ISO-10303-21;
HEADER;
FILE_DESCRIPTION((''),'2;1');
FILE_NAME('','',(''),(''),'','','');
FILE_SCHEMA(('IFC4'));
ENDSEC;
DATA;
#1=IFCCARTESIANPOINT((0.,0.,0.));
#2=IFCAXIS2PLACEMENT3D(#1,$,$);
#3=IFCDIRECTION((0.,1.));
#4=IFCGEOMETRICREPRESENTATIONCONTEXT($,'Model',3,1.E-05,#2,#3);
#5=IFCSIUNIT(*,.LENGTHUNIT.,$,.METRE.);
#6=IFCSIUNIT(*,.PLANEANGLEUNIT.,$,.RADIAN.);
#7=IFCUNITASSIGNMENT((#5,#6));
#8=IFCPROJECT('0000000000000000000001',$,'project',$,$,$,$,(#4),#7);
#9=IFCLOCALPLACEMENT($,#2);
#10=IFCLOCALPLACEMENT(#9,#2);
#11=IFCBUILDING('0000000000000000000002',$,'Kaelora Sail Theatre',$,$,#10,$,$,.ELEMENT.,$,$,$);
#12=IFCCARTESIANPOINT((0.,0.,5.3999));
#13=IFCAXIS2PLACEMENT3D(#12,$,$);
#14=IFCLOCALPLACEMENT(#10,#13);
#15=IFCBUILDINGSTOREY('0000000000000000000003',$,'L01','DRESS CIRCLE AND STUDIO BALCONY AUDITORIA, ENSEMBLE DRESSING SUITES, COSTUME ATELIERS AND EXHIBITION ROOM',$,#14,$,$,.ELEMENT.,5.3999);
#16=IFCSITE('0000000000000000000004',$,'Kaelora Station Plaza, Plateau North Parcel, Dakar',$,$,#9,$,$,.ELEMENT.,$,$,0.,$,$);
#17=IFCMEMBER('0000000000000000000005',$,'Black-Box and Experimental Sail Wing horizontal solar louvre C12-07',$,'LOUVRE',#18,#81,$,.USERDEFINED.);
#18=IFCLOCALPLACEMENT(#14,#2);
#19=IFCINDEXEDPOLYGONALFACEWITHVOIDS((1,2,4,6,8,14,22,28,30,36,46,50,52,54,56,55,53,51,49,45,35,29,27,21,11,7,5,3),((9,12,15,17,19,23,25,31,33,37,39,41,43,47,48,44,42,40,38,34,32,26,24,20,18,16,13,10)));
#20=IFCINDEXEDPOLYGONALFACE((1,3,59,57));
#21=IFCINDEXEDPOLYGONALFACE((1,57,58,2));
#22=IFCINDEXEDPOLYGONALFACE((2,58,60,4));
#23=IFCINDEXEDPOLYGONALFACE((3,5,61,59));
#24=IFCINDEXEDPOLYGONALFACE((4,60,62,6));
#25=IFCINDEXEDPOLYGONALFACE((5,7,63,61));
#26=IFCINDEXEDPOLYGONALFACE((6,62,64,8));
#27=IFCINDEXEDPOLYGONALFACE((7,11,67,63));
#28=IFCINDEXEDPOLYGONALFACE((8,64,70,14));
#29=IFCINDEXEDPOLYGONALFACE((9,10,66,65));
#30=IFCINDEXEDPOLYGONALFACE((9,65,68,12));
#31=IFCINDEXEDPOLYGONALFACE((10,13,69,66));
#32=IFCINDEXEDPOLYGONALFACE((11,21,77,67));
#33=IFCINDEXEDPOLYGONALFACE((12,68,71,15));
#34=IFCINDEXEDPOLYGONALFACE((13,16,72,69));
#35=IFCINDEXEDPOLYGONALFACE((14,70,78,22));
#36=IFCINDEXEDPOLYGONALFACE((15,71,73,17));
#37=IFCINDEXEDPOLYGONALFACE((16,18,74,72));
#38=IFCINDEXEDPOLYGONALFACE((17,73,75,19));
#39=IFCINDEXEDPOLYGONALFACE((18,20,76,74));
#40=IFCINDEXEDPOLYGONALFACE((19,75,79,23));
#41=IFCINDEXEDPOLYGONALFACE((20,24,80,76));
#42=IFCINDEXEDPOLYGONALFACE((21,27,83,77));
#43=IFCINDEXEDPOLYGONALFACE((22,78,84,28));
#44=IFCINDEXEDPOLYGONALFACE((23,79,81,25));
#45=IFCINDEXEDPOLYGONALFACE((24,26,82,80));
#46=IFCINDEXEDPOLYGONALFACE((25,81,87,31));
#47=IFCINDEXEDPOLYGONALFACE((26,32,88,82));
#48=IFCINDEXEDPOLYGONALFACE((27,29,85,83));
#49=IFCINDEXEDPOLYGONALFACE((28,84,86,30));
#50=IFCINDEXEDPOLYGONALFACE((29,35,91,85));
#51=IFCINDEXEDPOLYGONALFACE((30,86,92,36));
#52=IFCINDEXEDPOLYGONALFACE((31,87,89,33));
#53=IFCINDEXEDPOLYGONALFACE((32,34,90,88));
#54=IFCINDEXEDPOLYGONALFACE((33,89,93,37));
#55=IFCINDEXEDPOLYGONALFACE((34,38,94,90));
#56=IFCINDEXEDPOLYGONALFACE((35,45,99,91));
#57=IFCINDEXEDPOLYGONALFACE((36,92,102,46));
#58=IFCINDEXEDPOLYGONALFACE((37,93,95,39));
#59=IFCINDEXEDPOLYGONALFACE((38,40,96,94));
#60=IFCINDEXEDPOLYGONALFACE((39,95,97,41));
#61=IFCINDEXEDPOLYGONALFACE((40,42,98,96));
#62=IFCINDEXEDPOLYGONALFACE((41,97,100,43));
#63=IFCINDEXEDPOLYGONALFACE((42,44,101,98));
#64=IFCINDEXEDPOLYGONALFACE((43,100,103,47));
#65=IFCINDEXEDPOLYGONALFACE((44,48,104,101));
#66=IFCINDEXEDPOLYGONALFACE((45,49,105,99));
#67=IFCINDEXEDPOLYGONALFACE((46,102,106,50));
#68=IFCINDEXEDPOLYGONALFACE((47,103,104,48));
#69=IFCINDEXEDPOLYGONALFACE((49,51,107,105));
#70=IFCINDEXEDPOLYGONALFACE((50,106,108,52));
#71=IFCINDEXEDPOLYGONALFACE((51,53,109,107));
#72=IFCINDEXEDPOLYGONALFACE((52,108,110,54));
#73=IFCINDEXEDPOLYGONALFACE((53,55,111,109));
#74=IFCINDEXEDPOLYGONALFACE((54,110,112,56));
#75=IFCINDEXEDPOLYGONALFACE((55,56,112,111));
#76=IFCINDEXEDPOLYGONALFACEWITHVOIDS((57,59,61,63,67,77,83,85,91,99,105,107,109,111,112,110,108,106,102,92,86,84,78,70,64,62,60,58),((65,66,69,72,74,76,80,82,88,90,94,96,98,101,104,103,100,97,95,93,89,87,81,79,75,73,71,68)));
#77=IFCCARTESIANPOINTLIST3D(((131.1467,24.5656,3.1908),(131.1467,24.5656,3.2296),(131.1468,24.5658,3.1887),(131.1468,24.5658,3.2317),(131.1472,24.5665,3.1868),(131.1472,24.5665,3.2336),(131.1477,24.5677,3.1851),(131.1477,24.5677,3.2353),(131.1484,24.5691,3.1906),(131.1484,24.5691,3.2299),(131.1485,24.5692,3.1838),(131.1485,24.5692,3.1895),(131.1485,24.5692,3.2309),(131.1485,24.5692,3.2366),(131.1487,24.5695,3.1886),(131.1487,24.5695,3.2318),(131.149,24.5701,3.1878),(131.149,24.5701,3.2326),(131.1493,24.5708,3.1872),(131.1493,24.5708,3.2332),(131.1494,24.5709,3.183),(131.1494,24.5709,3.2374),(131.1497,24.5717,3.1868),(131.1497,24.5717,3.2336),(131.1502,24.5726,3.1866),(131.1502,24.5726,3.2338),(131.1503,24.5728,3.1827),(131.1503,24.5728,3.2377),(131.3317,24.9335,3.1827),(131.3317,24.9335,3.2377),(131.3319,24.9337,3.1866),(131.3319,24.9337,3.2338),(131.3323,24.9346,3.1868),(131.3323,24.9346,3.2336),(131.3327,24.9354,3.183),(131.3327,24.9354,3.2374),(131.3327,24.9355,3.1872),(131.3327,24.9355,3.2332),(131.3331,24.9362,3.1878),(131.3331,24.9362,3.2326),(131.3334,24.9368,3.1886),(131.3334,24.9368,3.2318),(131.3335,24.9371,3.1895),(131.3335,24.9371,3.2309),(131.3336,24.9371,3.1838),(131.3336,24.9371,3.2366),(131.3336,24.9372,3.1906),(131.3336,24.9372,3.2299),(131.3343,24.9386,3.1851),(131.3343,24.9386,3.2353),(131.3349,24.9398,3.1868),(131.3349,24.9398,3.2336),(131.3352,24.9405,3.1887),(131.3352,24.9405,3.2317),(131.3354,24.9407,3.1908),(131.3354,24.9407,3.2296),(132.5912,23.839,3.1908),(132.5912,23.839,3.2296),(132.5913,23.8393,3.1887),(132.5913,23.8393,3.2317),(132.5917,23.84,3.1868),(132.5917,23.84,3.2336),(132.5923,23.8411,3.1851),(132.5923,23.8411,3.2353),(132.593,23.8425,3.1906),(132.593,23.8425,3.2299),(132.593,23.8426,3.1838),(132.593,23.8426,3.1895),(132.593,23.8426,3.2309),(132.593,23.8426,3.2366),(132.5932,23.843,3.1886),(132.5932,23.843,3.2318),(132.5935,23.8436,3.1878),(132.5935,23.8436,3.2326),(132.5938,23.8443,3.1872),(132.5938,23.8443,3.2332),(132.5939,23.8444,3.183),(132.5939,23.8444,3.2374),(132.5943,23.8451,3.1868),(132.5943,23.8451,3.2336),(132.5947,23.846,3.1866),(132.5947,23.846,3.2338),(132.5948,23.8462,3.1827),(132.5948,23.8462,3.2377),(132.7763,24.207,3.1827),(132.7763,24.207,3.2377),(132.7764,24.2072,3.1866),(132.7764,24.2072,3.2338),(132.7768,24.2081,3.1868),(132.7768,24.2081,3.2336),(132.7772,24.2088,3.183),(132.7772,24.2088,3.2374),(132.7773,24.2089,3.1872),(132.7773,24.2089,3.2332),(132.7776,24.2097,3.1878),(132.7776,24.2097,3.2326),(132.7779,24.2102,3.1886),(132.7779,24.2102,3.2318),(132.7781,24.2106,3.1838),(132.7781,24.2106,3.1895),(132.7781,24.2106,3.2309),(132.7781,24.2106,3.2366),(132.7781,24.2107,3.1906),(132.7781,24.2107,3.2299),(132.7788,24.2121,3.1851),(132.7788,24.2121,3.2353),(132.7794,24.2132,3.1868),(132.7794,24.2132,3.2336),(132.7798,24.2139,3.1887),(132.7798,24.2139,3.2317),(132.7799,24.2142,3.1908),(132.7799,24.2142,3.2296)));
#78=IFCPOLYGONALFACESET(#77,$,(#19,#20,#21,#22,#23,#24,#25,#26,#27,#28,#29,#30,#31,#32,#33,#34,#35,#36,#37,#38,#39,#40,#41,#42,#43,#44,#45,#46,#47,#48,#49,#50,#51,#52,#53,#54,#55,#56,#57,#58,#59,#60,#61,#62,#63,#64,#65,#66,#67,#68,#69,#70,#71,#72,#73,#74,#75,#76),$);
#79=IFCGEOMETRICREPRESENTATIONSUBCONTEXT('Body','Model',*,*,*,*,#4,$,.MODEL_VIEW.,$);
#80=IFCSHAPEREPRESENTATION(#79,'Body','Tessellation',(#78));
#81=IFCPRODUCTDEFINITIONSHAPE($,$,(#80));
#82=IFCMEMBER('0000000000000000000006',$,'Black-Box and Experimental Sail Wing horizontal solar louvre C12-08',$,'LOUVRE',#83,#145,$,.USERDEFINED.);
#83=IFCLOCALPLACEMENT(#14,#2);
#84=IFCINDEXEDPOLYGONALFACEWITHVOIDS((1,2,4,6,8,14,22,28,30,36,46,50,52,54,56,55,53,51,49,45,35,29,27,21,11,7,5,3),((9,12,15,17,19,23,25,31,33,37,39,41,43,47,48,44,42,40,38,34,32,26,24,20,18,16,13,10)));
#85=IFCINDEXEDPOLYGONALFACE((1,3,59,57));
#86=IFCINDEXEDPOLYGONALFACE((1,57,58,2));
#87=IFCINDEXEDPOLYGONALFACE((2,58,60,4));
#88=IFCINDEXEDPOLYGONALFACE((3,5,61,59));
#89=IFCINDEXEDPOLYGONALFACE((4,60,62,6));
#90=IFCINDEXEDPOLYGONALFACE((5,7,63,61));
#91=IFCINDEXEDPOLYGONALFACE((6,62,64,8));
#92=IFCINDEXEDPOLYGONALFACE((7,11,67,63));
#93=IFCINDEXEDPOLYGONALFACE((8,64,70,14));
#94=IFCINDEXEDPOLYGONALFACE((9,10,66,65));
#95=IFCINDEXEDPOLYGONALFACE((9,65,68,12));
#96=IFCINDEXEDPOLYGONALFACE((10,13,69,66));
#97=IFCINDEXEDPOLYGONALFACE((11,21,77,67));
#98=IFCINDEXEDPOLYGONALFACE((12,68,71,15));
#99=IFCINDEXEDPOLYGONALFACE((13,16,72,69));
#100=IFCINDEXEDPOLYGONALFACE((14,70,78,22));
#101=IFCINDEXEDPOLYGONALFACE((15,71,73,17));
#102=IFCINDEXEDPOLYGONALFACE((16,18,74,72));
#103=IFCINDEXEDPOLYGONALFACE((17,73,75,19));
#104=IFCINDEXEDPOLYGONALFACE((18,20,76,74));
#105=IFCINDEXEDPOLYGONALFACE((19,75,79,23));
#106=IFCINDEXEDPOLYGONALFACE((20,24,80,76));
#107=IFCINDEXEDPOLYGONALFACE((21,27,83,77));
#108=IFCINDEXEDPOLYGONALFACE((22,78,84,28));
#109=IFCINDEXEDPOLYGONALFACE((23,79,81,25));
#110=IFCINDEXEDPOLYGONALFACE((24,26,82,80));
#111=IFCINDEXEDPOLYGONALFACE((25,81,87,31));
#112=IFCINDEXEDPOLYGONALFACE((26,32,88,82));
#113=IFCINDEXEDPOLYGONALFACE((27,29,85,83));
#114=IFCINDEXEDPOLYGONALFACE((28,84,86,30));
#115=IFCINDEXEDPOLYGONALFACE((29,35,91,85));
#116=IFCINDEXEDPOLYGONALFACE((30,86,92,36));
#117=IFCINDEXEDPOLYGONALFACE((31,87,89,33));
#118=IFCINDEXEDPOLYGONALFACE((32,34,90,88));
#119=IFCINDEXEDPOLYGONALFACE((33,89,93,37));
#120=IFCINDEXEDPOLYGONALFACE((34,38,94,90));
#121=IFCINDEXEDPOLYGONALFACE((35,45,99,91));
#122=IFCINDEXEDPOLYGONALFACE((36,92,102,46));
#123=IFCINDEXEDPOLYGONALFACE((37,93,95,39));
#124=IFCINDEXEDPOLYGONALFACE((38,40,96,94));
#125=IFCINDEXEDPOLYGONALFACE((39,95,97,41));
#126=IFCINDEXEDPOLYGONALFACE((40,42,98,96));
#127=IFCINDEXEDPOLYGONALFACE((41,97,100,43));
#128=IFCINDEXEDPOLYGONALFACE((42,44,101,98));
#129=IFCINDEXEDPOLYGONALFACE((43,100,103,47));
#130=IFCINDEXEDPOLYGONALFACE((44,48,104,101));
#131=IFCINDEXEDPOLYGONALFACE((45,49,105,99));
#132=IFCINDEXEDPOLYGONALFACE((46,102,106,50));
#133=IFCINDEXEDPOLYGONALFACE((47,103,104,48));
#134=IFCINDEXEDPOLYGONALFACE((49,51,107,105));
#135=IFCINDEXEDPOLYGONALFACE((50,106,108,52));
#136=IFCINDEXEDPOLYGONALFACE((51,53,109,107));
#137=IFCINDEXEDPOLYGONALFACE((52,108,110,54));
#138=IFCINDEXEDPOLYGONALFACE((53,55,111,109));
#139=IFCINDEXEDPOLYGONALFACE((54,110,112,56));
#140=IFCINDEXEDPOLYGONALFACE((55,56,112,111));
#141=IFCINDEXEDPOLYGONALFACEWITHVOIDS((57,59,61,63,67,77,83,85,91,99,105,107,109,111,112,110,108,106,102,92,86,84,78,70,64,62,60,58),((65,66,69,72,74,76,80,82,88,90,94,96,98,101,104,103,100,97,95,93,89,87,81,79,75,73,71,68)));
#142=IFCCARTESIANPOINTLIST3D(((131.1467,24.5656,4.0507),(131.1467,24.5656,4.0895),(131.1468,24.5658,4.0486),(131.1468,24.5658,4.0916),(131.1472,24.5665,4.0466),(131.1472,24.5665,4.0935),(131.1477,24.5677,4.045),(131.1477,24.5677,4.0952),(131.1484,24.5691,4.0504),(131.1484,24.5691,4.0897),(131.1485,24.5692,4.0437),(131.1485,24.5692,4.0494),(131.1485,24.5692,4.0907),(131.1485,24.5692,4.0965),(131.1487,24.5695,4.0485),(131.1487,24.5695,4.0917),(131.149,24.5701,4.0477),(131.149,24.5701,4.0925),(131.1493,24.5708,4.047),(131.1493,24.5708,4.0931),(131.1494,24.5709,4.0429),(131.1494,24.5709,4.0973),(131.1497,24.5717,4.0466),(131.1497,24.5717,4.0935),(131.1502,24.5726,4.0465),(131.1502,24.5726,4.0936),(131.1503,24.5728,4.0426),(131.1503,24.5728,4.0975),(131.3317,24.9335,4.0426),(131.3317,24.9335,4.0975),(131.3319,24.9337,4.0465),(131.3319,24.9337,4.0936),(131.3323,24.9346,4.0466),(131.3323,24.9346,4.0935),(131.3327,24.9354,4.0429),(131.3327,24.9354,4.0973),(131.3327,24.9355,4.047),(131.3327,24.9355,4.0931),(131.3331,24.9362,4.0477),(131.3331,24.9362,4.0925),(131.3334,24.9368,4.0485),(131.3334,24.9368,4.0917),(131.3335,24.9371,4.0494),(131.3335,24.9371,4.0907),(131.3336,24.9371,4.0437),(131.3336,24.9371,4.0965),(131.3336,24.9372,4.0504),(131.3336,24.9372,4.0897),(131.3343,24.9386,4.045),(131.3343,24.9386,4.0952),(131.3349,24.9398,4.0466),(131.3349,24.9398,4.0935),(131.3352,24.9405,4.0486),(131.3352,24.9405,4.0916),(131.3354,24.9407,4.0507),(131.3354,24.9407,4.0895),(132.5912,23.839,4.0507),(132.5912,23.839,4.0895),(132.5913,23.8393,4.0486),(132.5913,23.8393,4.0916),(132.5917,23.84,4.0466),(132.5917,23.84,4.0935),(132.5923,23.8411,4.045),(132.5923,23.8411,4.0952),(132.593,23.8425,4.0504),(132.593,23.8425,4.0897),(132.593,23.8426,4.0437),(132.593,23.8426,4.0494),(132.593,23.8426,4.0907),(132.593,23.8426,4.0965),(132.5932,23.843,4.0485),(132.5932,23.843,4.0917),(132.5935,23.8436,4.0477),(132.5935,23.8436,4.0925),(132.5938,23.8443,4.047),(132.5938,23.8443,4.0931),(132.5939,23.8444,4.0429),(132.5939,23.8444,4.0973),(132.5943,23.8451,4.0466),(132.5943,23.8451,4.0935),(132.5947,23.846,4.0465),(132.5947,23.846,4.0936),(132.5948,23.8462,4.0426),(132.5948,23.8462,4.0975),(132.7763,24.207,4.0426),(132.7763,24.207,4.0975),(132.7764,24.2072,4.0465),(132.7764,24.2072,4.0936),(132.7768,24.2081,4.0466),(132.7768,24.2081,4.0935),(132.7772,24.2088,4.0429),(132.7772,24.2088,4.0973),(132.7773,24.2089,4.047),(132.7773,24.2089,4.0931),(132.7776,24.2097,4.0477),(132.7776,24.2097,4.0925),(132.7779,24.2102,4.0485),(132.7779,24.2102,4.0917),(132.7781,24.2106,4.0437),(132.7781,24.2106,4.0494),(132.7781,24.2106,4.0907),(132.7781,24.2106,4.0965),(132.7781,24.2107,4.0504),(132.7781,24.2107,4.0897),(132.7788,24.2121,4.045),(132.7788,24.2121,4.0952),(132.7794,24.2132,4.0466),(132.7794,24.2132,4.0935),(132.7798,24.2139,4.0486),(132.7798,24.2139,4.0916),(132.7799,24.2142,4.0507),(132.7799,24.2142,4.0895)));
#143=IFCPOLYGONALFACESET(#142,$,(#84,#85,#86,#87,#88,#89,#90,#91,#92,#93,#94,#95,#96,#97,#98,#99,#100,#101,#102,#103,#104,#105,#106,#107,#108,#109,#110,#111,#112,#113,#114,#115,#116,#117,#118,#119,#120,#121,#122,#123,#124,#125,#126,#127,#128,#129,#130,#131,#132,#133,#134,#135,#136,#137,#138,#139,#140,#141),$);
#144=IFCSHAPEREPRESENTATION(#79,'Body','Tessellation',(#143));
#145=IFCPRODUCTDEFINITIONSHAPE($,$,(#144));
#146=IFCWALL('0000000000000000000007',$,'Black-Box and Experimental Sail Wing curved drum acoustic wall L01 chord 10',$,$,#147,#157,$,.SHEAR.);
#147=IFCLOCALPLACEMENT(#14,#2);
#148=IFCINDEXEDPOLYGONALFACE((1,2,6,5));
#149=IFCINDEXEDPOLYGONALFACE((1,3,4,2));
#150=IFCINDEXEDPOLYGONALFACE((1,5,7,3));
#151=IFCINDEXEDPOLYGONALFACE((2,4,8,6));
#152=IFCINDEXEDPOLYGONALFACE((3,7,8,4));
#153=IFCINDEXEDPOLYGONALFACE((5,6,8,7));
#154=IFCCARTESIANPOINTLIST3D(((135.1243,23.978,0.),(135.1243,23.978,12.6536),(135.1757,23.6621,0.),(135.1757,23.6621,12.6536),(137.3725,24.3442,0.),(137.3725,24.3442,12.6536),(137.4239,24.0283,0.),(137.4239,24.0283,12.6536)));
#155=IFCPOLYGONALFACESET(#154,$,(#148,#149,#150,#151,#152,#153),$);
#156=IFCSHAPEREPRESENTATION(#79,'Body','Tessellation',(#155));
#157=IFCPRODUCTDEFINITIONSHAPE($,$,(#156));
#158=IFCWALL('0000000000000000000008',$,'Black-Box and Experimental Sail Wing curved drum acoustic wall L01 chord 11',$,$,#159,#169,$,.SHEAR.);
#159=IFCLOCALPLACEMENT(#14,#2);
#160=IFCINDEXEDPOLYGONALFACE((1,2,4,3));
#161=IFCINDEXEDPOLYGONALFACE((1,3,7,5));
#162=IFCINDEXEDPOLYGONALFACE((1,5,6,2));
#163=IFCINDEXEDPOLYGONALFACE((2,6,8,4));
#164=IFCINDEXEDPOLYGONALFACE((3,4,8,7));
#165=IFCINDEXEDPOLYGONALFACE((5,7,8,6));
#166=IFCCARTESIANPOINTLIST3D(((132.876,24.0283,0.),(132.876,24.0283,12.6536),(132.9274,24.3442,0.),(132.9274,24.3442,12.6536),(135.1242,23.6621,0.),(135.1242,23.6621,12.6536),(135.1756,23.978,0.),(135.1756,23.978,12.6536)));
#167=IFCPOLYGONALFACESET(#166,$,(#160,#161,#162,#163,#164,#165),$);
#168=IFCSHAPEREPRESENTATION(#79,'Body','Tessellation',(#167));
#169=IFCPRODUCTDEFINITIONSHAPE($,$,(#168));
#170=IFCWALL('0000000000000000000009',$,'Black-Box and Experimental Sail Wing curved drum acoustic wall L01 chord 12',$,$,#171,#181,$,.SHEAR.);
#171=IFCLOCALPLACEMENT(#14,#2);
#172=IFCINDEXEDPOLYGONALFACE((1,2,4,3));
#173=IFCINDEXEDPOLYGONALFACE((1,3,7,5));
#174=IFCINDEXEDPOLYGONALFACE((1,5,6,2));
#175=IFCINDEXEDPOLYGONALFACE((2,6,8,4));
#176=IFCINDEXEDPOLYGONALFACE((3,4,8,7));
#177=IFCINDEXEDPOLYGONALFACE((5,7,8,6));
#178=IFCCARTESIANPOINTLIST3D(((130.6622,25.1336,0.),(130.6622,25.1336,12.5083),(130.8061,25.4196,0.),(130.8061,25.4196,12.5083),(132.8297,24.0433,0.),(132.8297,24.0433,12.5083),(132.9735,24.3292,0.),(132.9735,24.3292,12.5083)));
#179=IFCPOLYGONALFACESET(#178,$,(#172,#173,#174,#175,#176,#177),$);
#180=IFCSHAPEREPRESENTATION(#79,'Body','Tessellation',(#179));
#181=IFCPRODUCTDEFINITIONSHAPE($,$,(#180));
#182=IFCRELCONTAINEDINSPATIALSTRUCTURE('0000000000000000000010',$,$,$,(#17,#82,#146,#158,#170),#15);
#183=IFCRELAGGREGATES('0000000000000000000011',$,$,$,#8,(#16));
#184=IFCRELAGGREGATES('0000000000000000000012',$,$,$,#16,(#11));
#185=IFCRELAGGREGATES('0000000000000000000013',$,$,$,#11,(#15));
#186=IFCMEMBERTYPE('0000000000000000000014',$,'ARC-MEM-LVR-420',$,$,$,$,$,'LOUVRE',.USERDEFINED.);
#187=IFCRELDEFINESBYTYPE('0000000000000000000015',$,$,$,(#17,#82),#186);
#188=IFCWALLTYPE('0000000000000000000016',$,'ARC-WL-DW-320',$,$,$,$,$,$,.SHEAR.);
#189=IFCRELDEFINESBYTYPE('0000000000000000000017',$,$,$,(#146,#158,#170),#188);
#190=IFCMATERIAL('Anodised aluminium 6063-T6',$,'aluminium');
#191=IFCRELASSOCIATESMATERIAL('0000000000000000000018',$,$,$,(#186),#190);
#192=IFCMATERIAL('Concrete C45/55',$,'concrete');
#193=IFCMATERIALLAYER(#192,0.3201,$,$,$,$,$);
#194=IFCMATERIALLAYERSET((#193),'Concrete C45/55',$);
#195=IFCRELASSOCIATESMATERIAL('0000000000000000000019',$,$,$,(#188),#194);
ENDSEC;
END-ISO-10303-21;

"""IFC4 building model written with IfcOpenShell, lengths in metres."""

from ifc_helpers import new_model, si_unit, direction, frame, frame_2d, origin, origin_2d, place, context, subcontext, project, spatial, rectangle, hollow_rectangle, extrude, material, layer, layer_set, material_profile, profile_set, type_object, element, save


model = new_model("IFC4")

# Units and contexts
model_context = context("Model", 3, precision=1e-05, world=origin(), true_north=direction((0.0, 1.0)))
body_context = subcontext(model_context, "Body", "Model", "MODEL_VIEW")
ifc_project = project(units=[si_unit("LENGTHUNIT", "METRE"), si_unit("PLANEANGLEUNIT", "RADIAN")], contexts=[model_context])

# Site, building, storey
site_placement = place(None, origin())
site = spatial("IfcSite", under=ifc_project, at=site_placement, Name="Kaelora Station Plaza, Plateau North Parcel, Dakar", CompositionType="ELEMENT", RefElevation=0.0)
building_placement = place(site_placement, origin())
building = spatial("IfcBuilding", under=site, at=building_placement, Name="Kaelora Sail Theatre", CompositionType="ELEMENT")
storey_placement = place(building_placement, frame((0.0, 0.0, 5.3999)))
storey = spatial("IfcBuildingStorey", under=building, at=storey_placement, Name="L01", Description="DRESS CIRCLE AND STUDIO BALCONY AUDITORIA, ENSEMBLE DRESSING SUITES, COSTUME ATELIERS AND EXHIBITION ROOM", CompositionType="ELEMENT", Elevation=5.3999)

# Members
ifc_material_1 = material(Name="Anodised aluminium 6063-T6", Category="aluminium")
ifc_material_profile_1 = material_profile(ifc_material_1, hollow_rectangle(XDim=0.4199, YDim=0.0549, WallThickness=0.0039, InnerFilletRadius=0.0039, OuterFilletRadius=0.0081, at=origin_2d()), Name="LOUVRE 420x55x4")
ifc_profile_set_1 = profile_set([ifc_material_profile_1], Name="Anodised aluminium 6063-T6")
member_type = type_object("IfcMemberType", Name="ARC-MEM-LVR-420", ElementType="LOUVRE", PredefinedType="USERDEFINED", material=ifc_profile_set_1)
for number, where, z_axis, x_axis, name in (
    (1, (132.6855, 24.0266, 3.2102), (-0.893368, 0.449326, 0.0), (-0.449326, -0.893368, 0.0), "Black-Box and Experimental Sail Wing horizontal solar louvre C12-07"),
    (2, (132.6855, 24.0266, 4.0701), (-0.893368, 0.449326, 0.0), (-0.449326, -0.893368, 0.0), "Black-Box and Experimental Sail Wing horizontal solar louvre C12-08"),
):
    element("IfcMember", number, at=place(storey_placement, frame(where, z_axis=z_axis, x_axis=x_axis)), inside=storey, type_object=member_type, Name=name, ObjectType="LOUVRE", PredefinedType="USERDEFINED", context=body_context, shape_type="SweptSolid", body=[
        extrude(hollow_rectangle(XDim=0.4199, YDim=0.0549, WallThickness=0.0039, InnerFilletRadius=0.0039, OuterFilletRadius=0.0081, at=origin_2d()), origin(), (0.0, 0.0, 1.0), 1.6169),
    ])

# Walls
ifc_material_2 = material(Name="Concrete C45/55", Category="concrete")
ifc_layer = layer(ifc_material_2, 0.3201)
ifc_layer_set = layer_set([ifc_layer], Name="Concrete C45/55")
wall_type = type_object("IfcWallType", Name="ARC-WL-DW-320", PredefinedType="SHEAR", material=ifc_layer_set)
for number, where, z_axis, x_axis, name in (
    (3, (137.3982, 24.1863, 0.0), (0.0, 0.0, 1.0), (-0.986993, -0.160765, 0.0), "Black-Box and Experimental Sail Wing curved drum acoustic wall L01 chord 10"),
    (4, (135.1499, 23.8201, 0.0), (0.0, 0.0, 1.0), (-0.986993, 0.160765, 0.0), "Black-Box and Experimental Sail Wing curved drum acoustic wall L01 chord 11"),
):
    element("IfcWall", number, at=place(storey_placement, frame(where, z_axis=z_axis, x_axis=x_axis)), inside=storey, type_object=wall_type, Name=name, PredefinedType="SHEAR", context=body_context, shape_type="SweptSolid", body=[
        extrude(rectangle(XDim=2.2778, YDim=0.3201, at=frame_2d((1.1389, 0.0))), origin(), (0.0, 0.0, 1.0), 12.6536),
    ])
wall_placement = place(storey_placement, frame((132.9016, 24.1863, 0.0), z_axis=(0.0, 0.0, 1.0), x_axis=(-0.893338, 0.449386, 0.0)))
element("IfcWall", 5, at=wall_placement, inside=storey, type_object=wall_type, Name="Black-Box and Experimental Sail Wing curved drum acoustic wall L01 chord 12", PredefinedType="SHEAR", context=body_context, shape_type="SweptSolid", body=[
    extrude(rectangle(XDim=2.4263, YDim=0.3201, at=frame_2d((1.2131, 0.0))), origin(), (0.0, 0.0, 1.0), 12.5083),
])

save(model, "model.ifc")
